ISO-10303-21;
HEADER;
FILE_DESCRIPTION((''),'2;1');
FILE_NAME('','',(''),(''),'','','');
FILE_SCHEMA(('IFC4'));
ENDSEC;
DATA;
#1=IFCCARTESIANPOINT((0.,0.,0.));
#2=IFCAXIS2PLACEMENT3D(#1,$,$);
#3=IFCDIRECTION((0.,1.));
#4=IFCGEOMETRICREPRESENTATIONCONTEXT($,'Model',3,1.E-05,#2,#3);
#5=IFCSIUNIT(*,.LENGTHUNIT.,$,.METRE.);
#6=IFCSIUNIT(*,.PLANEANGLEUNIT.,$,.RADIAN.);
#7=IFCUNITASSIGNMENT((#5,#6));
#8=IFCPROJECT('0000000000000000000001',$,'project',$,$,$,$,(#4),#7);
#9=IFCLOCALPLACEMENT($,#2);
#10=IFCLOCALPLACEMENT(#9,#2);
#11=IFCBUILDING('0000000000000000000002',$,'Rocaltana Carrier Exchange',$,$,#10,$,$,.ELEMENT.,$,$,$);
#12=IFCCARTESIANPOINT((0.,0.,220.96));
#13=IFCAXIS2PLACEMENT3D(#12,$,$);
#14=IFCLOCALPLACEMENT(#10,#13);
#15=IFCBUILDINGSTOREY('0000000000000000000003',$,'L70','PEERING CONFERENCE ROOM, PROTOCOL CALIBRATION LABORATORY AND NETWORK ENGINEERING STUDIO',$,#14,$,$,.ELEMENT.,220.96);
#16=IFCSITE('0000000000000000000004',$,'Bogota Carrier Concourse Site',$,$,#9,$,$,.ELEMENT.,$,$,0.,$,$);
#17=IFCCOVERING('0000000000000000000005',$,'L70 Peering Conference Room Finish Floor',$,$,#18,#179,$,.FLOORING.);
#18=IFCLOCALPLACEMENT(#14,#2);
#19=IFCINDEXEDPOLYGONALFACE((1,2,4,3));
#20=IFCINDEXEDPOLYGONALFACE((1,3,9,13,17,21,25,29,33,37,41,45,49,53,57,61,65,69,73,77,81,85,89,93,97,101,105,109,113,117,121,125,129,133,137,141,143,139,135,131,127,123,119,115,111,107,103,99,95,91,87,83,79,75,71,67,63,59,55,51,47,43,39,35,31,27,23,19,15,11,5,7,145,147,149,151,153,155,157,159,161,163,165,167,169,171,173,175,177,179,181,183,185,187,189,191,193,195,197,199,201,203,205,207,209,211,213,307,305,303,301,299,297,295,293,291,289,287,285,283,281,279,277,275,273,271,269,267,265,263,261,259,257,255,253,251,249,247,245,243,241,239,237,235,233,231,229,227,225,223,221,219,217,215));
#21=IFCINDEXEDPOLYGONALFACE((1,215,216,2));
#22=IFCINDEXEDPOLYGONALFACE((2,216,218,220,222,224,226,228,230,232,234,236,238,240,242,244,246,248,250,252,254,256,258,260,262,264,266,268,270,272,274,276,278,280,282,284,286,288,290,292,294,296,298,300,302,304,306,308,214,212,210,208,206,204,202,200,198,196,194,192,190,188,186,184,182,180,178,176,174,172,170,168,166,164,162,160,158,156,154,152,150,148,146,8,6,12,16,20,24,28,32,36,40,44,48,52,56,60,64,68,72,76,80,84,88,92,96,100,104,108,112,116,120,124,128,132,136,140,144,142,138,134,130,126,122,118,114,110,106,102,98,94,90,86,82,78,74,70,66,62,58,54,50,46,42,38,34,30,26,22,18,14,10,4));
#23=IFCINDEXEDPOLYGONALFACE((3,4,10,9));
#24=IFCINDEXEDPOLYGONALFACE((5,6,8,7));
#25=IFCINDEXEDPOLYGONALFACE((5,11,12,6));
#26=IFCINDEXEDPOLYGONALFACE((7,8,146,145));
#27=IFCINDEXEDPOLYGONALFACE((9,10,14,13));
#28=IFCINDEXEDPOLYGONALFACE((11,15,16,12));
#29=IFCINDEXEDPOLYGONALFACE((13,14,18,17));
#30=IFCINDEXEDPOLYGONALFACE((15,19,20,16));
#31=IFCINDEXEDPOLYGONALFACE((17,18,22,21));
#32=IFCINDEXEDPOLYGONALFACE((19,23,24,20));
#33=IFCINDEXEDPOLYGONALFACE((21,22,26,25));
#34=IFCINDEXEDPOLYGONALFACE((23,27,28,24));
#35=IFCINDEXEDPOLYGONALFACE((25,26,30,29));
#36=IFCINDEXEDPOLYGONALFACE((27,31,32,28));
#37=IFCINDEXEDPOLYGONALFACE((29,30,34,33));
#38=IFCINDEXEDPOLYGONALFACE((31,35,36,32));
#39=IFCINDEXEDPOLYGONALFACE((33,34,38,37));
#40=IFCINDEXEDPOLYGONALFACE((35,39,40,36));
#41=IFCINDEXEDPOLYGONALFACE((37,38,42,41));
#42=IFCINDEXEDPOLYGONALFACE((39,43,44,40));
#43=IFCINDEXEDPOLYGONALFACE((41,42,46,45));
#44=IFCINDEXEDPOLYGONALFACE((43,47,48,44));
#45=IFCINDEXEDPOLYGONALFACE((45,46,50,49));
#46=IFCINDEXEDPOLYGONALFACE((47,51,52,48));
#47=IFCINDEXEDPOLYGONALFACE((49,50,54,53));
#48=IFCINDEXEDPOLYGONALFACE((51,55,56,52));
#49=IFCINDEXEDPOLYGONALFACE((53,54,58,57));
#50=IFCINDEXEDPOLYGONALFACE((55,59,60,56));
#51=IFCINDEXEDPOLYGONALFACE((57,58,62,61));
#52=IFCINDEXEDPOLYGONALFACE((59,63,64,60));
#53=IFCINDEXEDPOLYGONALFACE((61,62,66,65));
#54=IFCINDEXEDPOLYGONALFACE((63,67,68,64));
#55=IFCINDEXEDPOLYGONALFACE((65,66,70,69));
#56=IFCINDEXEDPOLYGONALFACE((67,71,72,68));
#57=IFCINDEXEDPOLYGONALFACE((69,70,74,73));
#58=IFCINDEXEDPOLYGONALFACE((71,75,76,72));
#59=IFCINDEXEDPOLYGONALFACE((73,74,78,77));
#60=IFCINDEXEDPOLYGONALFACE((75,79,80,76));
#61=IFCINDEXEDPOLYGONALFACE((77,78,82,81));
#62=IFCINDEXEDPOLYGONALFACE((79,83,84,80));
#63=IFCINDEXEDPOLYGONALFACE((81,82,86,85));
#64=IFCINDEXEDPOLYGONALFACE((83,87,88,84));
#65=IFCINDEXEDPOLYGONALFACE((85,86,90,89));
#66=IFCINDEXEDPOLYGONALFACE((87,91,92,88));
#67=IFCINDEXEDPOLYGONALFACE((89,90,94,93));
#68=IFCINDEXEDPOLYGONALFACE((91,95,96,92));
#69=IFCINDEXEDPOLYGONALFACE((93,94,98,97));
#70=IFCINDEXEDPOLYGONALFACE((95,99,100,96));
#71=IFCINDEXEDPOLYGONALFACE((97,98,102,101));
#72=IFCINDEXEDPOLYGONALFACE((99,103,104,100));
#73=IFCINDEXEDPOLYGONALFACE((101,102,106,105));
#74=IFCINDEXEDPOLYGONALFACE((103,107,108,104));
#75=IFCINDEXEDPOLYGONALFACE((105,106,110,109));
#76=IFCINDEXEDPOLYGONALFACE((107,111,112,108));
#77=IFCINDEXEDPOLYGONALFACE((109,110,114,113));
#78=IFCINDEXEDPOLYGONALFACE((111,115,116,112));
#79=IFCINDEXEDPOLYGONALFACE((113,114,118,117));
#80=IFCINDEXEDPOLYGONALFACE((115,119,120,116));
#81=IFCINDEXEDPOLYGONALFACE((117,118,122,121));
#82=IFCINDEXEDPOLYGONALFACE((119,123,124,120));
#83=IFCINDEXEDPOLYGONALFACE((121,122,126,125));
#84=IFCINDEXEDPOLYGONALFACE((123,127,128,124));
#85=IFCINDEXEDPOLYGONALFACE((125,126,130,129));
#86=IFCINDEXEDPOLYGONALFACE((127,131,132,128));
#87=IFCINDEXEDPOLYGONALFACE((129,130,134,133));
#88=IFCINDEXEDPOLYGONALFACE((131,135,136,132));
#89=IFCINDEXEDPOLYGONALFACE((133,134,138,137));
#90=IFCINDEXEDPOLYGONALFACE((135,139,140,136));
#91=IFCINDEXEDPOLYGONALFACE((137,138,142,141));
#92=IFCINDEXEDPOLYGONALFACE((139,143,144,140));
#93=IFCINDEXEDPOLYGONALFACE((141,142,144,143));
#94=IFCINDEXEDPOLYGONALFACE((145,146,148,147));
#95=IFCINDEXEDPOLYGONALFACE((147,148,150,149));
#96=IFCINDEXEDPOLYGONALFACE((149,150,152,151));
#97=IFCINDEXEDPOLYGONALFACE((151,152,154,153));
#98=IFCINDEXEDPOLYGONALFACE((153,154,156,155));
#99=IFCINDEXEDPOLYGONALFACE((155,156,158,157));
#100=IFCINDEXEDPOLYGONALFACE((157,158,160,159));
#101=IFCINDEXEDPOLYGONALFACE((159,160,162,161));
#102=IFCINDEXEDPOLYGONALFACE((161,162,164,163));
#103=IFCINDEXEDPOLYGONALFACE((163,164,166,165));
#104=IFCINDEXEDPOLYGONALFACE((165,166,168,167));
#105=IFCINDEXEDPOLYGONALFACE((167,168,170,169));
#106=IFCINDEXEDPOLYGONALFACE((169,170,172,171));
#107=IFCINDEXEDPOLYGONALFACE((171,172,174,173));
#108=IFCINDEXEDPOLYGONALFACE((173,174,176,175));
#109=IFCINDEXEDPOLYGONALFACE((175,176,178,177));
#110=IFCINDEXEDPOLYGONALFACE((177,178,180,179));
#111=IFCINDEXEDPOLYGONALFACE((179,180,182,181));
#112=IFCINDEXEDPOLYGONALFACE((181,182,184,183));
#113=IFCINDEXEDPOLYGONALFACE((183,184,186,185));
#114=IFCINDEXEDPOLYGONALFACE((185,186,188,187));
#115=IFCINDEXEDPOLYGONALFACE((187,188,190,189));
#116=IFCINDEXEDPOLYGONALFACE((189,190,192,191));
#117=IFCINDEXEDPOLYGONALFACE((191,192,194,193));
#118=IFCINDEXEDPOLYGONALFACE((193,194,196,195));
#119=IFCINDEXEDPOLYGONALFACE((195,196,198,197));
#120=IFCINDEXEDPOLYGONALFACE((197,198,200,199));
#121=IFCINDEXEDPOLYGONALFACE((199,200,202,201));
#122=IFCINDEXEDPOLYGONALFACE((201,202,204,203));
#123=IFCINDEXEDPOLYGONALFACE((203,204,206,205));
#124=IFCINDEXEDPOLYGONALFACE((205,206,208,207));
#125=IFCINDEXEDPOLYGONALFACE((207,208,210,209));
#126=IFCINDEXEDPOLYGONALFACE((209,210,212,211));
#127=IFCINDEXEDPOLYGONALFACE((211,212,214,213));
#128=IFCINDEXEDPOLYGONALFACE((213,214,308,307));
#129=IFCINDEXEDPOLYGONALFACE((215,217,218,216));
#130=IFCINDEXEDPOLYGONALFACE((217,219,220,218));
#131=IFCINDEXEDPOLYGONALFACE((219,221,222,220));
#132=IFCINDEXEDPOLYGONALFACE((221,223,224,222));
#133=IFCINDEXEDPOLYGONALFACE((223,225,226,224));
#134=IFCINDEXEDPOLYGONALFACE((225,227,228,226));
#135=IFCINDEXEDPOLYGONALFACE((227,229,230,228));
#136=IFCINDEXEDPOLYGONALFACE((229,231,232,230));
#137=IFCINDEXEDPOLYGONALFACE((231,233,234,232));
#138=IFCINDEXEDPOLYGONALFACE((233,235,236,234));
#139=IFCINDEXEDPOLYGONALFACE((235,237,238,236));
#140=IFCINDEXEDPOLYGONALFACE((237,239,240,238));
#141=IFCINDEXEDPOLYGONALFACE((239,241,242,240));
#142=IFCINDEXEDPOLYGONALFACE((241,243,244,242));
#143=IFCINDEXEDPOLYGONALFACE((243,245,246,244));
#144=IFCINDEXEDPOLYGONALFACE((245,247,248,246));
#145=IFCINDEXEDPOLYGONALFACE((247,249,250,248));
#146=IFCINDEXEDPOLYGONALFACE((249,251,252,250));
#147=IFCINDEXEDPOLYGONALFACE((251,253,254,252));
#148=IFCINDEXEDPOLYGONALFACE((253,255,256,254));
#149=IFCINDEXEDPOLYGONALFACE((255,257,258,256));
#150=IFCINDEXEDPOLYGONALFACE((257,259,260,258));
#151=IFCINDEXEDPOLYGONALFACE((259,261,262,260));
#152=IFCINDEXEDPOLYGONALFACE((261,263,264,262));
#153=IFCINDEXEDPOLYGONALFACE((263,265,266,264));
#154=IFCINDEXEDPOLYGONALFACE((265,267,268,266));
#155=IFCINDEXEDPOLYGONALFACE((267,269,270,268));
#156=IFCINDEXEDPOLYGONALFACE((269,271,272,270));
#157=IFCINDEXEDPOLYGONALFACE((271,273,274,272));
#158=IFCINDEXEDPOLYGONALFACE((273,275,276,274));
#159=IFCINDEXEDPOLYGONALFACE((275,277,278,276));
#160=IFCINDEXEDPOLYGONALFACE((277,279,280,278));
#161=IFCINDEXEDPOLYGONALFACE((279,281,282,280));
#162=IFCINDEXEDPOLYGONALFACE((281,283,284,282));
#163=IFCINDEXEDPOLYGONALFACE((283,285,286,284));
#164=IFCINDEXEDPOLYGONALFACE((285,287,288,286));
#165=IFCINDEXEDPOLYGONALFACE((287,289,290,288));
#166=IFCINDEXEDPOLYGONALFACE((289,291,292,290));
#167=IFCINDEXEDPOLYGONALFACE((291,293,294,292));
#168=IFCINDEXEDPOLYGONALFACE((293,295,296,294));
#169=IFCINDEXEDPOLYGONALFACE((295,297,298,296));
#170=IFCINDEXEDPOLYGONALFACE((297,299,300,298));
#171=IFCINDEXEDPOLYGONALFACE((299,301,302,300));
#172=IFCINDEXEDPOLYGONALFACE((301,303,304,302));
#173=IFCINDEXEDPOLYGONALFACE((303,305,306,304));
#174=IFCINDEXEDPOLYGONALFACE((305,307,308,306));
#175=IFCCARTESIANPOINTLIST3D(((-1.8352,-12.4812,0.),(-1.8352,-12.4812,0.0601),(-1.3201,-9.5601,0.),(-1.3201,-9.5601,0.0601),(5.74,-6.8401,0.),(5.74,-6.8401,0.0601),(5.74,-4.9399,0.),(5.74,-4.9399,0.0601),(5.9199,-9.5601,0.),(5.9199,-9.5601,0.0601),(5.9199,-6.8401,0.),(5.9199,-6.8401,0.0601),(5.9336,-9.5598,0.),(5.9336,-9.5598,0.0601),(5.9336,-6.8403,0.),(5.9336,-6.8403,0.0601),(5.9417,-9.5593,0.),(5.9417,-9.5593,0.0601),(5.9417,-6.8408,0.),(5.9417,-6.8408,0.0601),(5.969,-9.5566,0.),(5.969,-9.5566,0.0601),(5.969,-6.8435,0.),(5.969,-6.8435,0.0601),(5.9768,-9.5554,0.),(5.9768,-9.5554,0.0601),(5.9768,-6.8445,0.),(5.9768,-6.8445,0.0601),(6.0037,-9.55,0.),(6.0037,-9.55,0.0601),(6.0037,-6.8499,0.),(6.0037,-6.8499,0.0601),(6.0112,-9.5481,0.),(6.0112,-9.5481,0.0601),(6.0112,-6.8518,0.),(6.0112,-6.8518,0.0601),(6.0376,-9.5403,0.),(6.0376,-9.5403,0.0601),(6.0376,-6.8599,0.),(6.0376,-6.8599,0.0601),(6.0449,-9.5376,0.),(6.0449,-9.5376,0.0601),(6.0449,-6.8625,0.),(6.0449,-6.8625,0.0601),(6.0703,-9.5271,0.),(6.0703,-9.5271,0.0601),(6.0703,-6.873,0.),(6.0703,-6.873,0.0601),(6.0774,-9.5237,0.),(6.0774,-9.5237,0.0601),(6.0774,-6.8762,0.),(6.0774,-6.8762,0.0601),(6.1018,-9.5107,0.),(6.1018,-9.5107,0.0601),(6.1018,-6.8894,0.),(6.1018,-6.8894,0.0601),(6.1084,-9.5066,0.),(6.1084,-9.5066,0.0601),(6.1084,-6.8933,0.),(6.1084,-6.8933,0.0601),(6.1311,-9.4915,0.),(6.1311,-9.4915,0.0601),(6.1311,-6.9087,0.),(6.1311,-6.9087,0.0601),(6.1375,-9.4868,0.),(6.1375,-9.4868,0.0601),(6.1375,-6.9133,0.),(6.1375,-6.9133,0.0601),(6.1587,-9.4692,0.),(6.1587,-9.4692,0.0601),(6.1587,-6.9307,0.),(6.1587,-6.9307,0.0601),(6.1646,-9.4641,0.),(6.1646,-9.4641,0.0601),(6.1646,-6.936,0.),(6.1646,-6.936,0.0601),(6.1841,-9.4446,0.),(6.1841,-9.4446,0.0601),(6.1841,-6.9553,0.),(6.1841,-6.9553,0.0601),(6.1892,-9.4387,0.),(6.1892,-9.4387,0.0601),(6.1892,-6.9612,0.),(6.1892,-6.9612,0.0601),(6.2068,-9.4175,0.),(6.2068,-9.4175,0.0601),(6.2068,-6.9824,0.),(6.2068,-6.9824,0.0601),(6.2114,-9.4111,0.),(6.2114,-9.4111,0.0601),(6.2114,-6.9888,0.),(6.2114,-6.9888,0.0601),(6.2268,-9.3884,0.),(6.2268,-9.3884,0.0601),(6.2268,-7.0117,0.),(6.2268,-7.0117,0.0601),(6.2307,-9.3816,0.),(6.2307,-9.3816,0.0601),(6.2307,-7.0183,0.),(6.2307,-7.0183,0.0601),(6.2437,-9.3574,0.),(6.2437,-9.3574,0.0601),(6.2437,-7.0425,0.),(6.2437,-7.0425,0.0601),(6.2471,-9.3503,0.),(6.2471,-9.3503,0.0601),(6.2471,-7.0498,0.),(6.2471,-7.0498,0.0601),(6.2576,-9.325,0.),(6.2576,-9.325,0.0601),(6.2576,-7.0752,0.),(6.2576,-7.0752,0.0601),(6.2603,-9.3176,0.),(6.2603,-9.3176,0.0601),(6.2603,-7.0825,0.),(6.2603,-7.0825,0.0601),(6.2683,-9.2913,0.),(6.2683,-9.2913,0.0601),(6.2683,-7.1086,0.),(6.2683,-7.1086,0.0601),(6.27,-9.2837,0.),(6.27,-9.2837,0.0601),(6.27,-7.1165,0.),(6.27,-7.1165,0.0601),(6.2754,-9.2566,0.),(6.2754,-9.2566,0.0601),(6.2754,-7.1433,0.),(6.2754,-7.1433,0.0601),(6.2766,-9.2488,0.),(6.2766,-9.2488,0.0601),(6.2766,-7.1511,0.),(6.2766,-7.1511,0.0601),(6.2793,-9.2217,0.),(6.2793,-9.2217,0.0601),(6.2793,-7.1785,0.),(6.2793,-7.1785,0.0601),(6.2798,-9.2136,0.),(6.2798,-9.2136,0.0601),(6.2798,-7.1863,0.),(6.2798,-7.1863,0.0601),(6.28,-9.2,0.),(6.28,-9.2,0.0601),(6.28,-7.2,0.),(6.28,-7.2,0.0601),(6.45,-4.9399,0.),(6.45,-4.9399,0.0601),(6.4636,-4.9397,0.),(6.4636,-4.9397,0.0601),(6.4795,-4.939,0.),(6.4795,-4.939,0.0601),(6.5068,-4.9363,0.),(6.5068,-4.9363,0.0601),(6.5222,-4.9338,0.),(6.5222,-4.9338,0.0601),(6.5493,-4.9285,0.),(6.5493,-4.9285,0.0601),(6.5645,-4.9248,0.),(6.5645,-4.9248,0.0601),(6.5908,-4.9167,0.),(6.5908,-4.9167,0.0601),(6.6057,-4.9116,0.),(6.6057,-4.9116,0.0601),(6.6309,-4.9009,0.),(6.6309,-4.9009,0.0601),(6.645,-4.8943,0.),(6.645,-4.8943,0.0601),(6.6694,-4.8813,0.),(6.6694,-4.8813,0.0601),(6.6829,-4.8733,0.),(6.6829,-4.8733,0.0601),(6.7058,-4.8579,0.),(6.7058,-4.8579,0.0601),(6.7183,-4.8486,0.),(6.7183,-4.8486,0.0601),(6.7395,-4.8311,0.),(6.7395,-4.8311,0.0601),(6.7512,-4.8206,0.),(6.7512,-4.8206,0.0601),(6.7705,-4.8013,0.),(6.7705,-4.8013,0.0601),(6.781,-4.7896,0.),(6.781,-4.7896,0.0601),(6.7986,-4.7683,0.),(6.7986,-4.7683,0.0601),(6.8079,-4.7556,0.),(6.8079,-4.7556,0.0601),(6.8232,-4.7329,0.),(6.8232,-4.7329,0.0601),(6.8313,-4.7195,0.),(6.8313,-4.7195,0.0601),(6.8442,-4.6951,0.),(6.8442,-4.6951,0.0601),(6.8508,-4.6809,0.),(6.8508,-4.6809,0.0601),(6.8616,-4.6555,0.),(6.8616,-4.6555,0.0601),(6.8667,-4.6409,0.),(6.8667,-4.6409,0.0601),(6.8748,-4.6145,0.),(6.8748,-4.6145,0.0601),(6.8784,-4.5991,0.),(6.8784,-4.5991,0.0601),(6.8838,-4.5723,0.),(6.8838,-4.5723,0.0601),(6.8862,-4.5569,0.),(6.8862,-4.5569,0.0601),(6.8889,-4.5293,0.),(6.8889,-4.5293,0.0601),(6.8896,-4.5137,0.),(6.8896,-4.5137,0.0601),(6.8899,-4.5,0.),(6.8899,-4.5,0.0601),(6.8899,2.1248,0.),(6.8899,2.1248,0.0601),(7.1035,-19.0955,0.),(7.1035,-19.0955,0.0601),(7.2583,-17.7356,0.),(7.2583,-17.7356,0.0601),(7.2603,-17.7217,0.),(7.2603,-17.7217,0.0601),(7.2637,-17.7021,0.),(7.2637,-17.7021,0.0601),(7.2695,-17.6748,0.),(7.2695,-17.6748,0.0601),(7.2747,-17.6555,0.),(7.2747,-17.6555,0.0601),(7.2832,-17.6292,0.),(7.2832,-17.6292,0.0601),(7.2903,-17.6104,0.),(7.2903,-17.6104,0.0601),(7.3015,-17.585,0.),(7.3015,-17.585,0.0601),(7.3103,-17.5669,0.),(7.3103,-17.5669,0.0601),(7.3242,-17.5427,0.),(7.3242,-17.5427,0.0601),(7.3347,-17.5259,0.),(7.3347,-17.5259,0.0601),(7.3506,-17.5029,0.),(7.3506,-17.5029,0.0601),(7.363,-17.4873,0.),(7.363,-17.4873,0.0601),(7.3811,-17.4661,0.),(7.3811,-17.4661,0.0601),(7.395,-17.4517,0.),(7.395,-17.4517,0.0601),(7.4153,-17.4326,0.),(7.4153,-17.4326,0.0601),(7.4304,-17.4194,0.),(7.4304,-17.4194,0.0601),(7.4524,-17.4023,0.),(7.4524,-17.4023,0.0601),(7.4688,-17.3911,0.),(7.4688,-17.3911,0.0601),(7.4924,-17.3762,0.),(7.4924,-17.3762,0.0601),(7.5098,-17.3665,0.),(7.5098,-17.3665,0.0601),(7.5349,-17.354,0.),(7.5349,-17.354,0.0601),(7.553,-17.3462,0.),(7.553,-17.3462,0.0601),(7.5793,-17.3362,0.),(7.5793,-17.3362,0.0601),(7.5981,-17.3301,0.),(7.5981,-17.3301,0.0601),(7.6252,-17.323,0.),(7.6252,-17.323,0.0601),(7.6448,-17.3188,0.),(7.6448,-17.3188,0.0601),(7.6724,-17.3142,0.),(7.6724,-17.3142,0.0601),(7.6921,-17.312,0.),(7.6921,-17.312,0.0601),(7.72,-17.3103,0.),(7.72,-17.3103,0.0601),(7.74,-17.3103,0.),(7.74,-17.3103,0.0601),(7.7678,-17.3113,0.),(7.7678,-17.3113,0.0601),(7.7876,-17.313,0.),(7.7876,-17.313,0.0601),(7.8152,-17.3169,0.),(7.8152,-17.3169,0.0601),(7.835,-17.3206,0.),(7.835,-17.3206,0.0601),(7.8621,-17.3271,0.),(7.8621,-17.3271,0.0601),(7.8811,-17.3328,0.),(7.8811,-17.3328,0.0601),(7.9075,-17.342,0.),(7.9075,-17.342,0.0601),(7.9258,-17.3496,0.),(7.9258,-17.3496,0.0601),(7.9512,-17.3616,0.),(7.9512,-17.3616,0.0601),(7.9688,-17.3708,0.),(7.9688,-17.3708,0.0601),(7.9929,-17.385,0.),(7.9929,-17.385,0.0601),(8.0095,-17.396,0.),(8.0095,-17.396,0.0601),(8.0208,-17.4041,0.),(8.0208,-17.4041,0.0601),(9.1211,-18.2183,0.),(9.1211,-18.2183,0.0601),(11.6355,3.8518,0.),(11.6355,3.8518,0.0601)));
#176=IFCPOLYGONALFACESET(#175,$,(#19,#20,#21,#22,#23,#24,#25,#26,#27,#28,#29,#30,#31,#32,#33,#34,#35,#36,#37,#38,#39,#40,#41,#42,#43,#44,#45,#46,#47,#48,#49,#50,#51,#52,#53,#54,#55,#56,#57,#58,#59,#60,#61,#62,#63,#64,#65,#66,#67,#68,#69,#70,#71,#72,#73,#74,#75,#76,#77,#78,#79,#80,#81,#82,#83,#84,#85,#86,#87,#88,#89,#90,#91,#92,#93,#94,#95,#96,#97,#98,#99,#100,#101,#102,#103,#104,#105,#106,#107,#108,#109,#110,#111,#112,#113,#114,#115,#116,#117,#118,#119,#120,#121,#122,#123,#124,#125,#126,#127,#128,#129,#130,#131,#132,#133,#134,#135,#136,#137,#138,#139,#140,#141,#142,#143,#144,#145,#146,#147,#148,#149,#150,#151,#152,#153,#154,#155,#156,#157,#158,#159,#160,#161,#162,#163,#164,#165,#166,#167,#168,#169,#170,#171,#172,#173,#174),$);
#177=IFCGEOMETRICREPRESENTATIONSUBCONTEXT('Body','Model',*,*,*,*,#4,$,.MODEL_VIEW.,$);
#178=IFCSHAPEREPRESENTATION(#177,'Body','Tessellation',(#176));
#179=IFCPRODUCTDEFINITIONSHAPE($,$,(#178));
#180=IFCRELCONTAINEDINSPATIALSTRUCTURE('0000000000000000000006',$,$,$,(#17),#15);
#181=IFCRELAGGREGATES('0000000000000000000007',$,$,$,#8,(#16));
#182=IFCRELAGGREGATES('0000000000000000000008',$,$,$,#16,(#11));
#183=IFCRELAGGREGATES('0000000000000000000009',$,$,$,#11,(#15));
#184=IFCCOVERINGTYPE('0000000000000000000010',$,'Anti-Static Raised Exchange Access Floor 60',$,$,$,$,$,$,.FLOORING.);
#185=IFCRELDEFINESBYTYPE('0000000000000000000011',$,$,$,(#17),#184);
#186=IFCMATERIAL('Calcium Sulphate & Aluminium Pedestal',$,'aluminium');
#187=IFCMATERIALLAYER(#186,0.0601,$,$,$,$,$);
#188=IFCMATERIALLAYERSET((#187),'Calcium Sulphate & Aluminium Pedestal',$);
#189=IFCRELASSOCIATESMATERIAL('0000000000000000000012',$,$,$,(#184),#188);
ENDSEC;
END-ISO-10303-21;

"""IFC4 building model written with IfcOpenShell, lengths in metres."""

from ifc_helpers import new_model, si_unit, direction, frame, origin, place, context, subcontext, project, spatial, polyline, outline, extrude, material, layer, layer_set, type_object, element, save


model = new_model("IFC4")

# Units and contexts
model_context = context("Model", 3, precision=1e-05, world=origin(), true_north=direction((0.0, 1.0)))
body_context = subcontext(model_context, "Body", "Model", "MODEL_VIEW")
ifc_project = project(units=[si_unit("LENGTHUNIT", "METRE"), si_unit("PLANEANGLEUNIT", "RADIAN")], contexts=[model_context])

# Site, building, storey
site_placement = place(None, origin())
site = spatial("IfcSite", under=ifc_project, at=site_placement, Name="Bogota Carrier Concourse Site", CompositionType="ELEMENT", RefElevation=0.0)
building_placement = place(site_placement, origin())
building = spatial("IfcBuilding", under=site, at=building_placement, Name="Rocaltana Carrier Exchange", CompositionType="ELEMENT")
storey_placement = place(building_placement, frame((0.0, 0.0, 220.96)))
storey = spatial("IfcBuildingStorey", under=building, at=storey_placement, Name="L70", Description="PEERING CONFERENCE ROOM, PROTOCOL CALIBRATION LABORATORY AND NETWORK ENGINEERING STUDIO", CompositionType="ELEMENT", Elevation=220.96)

# Covering
ifc_material_1 = material(Name="Calcium Sulphate & Aluminium Pedestal", Category="aluminium")
ifc_layer_1 = layer(ifc_material_1, 0.0601)
ifc_layer_set_1 = layer_set([ifc_layer_1], Name="Calcium Sulphate & Aluminium Pedestal")
covering_type_1 = type_object("IfcCoveringType", Name="Anti-Static Raised Exchange Access Floor 60", PredefinedType="FLOORING", material=ifc_layer_set_1)
covering_1_placement = place(storey_placement, origin())
element("IfcCovering", 1, at=covering_1_placement, inside=storey, type_object=covering_type_1, Name="L70 Peering Conference Room Finish Floor", PredefinedType="FLOORING", context=body_context, shape_type="SweptSolid", body=[
    extrude(outline(polyline([(5.74, -6.8401), (5.74, -4.9399), (6.45, -4.9399), (6.4636, -4.9397), (6.4795, -4.939), (6.5068, -4.9363), (6.5222, -4.9338), (6.5493, -4.9285), (6.5645, -4.9248), (6.5908, -4.9167), (6.6057, -4.9116), (6.6309, -4.9009), (6.645, -4.8943), (6.6694, -4.8813), (6.6829, -4.8733), (6.7058, -4.8579), (6.7183, -4.8486), (6.7395, -4.8311), (6.7512, -4.8206), (6.7705, -4.8013), (6.781, -4.7896), (6.7986, -4.7683), (6.8079, -4.7556), (6.8232, -4.7329), (6.8313, -4.7195), (6.8442, -4.6951), (6.8508, -4.6809), (6.8616, -4.6555), (6.8667, -4.6409), (6.8748, -4.6145), (6.8784, -4.5991), (6.8838, -4.5723), (6.8862, -4.5569), (6.8889, -4.5293), (6.8896, -4.5137), (6.8899, -4.5), (6.8899, 2.1248), (11.6355, 3.8518), (9.1211, -18.2183), (8.0208, -17.4041), (8.0095, -17.396), (7.9929, -17.385), (7.9688, -17.3708), (7.9512, -17.3616), (7.9258, -17.3496), (7.9075, -17.342), (7.8811, -17.3328), (7.8621, -17.3271), (7.835, -17.3206), (7.8152, -17.3169), (7.7876, -17.313), (7.7678, -17.3113), (7.74, -17.3103), (7.72, -17.3103), (7.6921, -17.312), (7.6724, -17.3142), (7.6448, -17.3188), (7.6252, -17.323), (7.5981, -17.3301), (7.5793, -17.3362), (7.553, -17.3462), (7.5349, -17.354), (7.5098, -17.3665), (7.4924, -17.3762), (7.4688, -17.3911), (7.4524, -17.4023), (7.4304, -17.4194), (7.4153, -17.4326), (7.395, -17.4517), (7.3811, -17.4661), (7.363, -17.4873), (7.3506, -17.5029), (7.3347, -17.5259), (7.3242, -17.5427), (7.3103, -17.5669), (7.3015, -17.585), (7.2903, -17.6104), (7.2832, -17.6292), (7.2747, -17.6555), (7.2695, -17.6748), (7.2637, -17.7021), (7.2603, -17.7217), (7.2583, -17.7356), (7.1035, -19.0955), (-1.8352, -12.4812), (-1.3201, -9.5601), (5.9199, -9.5601), (5.9336, -9.5598), (5.9417, -9.5593), (5.969, -9.5566), (5.9768, -9.5554), (6.0037, -9.55), (6.0112, -9.5481), (6.0376, -9.5403), (6.0449, -9.5376), (6.0703, -9.5271), (6.0774, -9.5237), (6.1018, -9.5107), (6.1084, -9.5066), (6.1311, -9.4915), (6.1375, -9.4868), (6.1587, -9.4692), (6.1646, -9.4641), (6.1841, -9.4446), (6.1892, -9.4387), (6.2068, -9.4175), (6.2114, -9.4111), (6.2268, -9.3884), (6.2307, -9.3816), (6.2437, -9.3574), (6.2471, -9.3503), (6.2576, -9.325), (6.2603, -9.3176), (6.2683, -9.2913), (6.27, -9.2837), (6.2754, -9.2566), (6.2766, -9.2488), (6.2793, -9.2217), (6.2798, -9.2136), (6.28, -9.2), (6.28, -7.2), (6.2798, -7.1863), (6.2793, -7.1785), (6.2766, -7.1511), (6.2754, -7.1433), (6.27, -7.1165), (6.2683, -7.1086), (6.2603, -7.0825), (6.2576, -7.0752), (6.2471, -7.0498), (6.2437, -7.0425), (6.2307, -7.0183), (6.2268, -7.0117), (6.2114, -6.9888), (6.2068, -6.9824), (6.1892, -6.9612), (6.1841, -6.9553), (6.1646, -6.936), (6.1587, -6.9307), (6.1375, -6.9133), (6.1311, -6.9087), (6.1084, -6.8933), (6.1018, -6.8894), (6.0774, -6.8762), (6.0703, -6.873), (6.0449, -6.8625), (6.0376, -6.8599), (6.0112, -6.8518), (6.0037, -6.8499), (5.9768, -6.8445), (5.969, -6.8435), (5.9417, -6.8408), (5.9336, -6.8403), (5.9199, -6.8401), (5.74, -6.8401)])), origin(), (0.0, 0.0, 1.0), 0.0601),
])

save(model, "model.ifc")
